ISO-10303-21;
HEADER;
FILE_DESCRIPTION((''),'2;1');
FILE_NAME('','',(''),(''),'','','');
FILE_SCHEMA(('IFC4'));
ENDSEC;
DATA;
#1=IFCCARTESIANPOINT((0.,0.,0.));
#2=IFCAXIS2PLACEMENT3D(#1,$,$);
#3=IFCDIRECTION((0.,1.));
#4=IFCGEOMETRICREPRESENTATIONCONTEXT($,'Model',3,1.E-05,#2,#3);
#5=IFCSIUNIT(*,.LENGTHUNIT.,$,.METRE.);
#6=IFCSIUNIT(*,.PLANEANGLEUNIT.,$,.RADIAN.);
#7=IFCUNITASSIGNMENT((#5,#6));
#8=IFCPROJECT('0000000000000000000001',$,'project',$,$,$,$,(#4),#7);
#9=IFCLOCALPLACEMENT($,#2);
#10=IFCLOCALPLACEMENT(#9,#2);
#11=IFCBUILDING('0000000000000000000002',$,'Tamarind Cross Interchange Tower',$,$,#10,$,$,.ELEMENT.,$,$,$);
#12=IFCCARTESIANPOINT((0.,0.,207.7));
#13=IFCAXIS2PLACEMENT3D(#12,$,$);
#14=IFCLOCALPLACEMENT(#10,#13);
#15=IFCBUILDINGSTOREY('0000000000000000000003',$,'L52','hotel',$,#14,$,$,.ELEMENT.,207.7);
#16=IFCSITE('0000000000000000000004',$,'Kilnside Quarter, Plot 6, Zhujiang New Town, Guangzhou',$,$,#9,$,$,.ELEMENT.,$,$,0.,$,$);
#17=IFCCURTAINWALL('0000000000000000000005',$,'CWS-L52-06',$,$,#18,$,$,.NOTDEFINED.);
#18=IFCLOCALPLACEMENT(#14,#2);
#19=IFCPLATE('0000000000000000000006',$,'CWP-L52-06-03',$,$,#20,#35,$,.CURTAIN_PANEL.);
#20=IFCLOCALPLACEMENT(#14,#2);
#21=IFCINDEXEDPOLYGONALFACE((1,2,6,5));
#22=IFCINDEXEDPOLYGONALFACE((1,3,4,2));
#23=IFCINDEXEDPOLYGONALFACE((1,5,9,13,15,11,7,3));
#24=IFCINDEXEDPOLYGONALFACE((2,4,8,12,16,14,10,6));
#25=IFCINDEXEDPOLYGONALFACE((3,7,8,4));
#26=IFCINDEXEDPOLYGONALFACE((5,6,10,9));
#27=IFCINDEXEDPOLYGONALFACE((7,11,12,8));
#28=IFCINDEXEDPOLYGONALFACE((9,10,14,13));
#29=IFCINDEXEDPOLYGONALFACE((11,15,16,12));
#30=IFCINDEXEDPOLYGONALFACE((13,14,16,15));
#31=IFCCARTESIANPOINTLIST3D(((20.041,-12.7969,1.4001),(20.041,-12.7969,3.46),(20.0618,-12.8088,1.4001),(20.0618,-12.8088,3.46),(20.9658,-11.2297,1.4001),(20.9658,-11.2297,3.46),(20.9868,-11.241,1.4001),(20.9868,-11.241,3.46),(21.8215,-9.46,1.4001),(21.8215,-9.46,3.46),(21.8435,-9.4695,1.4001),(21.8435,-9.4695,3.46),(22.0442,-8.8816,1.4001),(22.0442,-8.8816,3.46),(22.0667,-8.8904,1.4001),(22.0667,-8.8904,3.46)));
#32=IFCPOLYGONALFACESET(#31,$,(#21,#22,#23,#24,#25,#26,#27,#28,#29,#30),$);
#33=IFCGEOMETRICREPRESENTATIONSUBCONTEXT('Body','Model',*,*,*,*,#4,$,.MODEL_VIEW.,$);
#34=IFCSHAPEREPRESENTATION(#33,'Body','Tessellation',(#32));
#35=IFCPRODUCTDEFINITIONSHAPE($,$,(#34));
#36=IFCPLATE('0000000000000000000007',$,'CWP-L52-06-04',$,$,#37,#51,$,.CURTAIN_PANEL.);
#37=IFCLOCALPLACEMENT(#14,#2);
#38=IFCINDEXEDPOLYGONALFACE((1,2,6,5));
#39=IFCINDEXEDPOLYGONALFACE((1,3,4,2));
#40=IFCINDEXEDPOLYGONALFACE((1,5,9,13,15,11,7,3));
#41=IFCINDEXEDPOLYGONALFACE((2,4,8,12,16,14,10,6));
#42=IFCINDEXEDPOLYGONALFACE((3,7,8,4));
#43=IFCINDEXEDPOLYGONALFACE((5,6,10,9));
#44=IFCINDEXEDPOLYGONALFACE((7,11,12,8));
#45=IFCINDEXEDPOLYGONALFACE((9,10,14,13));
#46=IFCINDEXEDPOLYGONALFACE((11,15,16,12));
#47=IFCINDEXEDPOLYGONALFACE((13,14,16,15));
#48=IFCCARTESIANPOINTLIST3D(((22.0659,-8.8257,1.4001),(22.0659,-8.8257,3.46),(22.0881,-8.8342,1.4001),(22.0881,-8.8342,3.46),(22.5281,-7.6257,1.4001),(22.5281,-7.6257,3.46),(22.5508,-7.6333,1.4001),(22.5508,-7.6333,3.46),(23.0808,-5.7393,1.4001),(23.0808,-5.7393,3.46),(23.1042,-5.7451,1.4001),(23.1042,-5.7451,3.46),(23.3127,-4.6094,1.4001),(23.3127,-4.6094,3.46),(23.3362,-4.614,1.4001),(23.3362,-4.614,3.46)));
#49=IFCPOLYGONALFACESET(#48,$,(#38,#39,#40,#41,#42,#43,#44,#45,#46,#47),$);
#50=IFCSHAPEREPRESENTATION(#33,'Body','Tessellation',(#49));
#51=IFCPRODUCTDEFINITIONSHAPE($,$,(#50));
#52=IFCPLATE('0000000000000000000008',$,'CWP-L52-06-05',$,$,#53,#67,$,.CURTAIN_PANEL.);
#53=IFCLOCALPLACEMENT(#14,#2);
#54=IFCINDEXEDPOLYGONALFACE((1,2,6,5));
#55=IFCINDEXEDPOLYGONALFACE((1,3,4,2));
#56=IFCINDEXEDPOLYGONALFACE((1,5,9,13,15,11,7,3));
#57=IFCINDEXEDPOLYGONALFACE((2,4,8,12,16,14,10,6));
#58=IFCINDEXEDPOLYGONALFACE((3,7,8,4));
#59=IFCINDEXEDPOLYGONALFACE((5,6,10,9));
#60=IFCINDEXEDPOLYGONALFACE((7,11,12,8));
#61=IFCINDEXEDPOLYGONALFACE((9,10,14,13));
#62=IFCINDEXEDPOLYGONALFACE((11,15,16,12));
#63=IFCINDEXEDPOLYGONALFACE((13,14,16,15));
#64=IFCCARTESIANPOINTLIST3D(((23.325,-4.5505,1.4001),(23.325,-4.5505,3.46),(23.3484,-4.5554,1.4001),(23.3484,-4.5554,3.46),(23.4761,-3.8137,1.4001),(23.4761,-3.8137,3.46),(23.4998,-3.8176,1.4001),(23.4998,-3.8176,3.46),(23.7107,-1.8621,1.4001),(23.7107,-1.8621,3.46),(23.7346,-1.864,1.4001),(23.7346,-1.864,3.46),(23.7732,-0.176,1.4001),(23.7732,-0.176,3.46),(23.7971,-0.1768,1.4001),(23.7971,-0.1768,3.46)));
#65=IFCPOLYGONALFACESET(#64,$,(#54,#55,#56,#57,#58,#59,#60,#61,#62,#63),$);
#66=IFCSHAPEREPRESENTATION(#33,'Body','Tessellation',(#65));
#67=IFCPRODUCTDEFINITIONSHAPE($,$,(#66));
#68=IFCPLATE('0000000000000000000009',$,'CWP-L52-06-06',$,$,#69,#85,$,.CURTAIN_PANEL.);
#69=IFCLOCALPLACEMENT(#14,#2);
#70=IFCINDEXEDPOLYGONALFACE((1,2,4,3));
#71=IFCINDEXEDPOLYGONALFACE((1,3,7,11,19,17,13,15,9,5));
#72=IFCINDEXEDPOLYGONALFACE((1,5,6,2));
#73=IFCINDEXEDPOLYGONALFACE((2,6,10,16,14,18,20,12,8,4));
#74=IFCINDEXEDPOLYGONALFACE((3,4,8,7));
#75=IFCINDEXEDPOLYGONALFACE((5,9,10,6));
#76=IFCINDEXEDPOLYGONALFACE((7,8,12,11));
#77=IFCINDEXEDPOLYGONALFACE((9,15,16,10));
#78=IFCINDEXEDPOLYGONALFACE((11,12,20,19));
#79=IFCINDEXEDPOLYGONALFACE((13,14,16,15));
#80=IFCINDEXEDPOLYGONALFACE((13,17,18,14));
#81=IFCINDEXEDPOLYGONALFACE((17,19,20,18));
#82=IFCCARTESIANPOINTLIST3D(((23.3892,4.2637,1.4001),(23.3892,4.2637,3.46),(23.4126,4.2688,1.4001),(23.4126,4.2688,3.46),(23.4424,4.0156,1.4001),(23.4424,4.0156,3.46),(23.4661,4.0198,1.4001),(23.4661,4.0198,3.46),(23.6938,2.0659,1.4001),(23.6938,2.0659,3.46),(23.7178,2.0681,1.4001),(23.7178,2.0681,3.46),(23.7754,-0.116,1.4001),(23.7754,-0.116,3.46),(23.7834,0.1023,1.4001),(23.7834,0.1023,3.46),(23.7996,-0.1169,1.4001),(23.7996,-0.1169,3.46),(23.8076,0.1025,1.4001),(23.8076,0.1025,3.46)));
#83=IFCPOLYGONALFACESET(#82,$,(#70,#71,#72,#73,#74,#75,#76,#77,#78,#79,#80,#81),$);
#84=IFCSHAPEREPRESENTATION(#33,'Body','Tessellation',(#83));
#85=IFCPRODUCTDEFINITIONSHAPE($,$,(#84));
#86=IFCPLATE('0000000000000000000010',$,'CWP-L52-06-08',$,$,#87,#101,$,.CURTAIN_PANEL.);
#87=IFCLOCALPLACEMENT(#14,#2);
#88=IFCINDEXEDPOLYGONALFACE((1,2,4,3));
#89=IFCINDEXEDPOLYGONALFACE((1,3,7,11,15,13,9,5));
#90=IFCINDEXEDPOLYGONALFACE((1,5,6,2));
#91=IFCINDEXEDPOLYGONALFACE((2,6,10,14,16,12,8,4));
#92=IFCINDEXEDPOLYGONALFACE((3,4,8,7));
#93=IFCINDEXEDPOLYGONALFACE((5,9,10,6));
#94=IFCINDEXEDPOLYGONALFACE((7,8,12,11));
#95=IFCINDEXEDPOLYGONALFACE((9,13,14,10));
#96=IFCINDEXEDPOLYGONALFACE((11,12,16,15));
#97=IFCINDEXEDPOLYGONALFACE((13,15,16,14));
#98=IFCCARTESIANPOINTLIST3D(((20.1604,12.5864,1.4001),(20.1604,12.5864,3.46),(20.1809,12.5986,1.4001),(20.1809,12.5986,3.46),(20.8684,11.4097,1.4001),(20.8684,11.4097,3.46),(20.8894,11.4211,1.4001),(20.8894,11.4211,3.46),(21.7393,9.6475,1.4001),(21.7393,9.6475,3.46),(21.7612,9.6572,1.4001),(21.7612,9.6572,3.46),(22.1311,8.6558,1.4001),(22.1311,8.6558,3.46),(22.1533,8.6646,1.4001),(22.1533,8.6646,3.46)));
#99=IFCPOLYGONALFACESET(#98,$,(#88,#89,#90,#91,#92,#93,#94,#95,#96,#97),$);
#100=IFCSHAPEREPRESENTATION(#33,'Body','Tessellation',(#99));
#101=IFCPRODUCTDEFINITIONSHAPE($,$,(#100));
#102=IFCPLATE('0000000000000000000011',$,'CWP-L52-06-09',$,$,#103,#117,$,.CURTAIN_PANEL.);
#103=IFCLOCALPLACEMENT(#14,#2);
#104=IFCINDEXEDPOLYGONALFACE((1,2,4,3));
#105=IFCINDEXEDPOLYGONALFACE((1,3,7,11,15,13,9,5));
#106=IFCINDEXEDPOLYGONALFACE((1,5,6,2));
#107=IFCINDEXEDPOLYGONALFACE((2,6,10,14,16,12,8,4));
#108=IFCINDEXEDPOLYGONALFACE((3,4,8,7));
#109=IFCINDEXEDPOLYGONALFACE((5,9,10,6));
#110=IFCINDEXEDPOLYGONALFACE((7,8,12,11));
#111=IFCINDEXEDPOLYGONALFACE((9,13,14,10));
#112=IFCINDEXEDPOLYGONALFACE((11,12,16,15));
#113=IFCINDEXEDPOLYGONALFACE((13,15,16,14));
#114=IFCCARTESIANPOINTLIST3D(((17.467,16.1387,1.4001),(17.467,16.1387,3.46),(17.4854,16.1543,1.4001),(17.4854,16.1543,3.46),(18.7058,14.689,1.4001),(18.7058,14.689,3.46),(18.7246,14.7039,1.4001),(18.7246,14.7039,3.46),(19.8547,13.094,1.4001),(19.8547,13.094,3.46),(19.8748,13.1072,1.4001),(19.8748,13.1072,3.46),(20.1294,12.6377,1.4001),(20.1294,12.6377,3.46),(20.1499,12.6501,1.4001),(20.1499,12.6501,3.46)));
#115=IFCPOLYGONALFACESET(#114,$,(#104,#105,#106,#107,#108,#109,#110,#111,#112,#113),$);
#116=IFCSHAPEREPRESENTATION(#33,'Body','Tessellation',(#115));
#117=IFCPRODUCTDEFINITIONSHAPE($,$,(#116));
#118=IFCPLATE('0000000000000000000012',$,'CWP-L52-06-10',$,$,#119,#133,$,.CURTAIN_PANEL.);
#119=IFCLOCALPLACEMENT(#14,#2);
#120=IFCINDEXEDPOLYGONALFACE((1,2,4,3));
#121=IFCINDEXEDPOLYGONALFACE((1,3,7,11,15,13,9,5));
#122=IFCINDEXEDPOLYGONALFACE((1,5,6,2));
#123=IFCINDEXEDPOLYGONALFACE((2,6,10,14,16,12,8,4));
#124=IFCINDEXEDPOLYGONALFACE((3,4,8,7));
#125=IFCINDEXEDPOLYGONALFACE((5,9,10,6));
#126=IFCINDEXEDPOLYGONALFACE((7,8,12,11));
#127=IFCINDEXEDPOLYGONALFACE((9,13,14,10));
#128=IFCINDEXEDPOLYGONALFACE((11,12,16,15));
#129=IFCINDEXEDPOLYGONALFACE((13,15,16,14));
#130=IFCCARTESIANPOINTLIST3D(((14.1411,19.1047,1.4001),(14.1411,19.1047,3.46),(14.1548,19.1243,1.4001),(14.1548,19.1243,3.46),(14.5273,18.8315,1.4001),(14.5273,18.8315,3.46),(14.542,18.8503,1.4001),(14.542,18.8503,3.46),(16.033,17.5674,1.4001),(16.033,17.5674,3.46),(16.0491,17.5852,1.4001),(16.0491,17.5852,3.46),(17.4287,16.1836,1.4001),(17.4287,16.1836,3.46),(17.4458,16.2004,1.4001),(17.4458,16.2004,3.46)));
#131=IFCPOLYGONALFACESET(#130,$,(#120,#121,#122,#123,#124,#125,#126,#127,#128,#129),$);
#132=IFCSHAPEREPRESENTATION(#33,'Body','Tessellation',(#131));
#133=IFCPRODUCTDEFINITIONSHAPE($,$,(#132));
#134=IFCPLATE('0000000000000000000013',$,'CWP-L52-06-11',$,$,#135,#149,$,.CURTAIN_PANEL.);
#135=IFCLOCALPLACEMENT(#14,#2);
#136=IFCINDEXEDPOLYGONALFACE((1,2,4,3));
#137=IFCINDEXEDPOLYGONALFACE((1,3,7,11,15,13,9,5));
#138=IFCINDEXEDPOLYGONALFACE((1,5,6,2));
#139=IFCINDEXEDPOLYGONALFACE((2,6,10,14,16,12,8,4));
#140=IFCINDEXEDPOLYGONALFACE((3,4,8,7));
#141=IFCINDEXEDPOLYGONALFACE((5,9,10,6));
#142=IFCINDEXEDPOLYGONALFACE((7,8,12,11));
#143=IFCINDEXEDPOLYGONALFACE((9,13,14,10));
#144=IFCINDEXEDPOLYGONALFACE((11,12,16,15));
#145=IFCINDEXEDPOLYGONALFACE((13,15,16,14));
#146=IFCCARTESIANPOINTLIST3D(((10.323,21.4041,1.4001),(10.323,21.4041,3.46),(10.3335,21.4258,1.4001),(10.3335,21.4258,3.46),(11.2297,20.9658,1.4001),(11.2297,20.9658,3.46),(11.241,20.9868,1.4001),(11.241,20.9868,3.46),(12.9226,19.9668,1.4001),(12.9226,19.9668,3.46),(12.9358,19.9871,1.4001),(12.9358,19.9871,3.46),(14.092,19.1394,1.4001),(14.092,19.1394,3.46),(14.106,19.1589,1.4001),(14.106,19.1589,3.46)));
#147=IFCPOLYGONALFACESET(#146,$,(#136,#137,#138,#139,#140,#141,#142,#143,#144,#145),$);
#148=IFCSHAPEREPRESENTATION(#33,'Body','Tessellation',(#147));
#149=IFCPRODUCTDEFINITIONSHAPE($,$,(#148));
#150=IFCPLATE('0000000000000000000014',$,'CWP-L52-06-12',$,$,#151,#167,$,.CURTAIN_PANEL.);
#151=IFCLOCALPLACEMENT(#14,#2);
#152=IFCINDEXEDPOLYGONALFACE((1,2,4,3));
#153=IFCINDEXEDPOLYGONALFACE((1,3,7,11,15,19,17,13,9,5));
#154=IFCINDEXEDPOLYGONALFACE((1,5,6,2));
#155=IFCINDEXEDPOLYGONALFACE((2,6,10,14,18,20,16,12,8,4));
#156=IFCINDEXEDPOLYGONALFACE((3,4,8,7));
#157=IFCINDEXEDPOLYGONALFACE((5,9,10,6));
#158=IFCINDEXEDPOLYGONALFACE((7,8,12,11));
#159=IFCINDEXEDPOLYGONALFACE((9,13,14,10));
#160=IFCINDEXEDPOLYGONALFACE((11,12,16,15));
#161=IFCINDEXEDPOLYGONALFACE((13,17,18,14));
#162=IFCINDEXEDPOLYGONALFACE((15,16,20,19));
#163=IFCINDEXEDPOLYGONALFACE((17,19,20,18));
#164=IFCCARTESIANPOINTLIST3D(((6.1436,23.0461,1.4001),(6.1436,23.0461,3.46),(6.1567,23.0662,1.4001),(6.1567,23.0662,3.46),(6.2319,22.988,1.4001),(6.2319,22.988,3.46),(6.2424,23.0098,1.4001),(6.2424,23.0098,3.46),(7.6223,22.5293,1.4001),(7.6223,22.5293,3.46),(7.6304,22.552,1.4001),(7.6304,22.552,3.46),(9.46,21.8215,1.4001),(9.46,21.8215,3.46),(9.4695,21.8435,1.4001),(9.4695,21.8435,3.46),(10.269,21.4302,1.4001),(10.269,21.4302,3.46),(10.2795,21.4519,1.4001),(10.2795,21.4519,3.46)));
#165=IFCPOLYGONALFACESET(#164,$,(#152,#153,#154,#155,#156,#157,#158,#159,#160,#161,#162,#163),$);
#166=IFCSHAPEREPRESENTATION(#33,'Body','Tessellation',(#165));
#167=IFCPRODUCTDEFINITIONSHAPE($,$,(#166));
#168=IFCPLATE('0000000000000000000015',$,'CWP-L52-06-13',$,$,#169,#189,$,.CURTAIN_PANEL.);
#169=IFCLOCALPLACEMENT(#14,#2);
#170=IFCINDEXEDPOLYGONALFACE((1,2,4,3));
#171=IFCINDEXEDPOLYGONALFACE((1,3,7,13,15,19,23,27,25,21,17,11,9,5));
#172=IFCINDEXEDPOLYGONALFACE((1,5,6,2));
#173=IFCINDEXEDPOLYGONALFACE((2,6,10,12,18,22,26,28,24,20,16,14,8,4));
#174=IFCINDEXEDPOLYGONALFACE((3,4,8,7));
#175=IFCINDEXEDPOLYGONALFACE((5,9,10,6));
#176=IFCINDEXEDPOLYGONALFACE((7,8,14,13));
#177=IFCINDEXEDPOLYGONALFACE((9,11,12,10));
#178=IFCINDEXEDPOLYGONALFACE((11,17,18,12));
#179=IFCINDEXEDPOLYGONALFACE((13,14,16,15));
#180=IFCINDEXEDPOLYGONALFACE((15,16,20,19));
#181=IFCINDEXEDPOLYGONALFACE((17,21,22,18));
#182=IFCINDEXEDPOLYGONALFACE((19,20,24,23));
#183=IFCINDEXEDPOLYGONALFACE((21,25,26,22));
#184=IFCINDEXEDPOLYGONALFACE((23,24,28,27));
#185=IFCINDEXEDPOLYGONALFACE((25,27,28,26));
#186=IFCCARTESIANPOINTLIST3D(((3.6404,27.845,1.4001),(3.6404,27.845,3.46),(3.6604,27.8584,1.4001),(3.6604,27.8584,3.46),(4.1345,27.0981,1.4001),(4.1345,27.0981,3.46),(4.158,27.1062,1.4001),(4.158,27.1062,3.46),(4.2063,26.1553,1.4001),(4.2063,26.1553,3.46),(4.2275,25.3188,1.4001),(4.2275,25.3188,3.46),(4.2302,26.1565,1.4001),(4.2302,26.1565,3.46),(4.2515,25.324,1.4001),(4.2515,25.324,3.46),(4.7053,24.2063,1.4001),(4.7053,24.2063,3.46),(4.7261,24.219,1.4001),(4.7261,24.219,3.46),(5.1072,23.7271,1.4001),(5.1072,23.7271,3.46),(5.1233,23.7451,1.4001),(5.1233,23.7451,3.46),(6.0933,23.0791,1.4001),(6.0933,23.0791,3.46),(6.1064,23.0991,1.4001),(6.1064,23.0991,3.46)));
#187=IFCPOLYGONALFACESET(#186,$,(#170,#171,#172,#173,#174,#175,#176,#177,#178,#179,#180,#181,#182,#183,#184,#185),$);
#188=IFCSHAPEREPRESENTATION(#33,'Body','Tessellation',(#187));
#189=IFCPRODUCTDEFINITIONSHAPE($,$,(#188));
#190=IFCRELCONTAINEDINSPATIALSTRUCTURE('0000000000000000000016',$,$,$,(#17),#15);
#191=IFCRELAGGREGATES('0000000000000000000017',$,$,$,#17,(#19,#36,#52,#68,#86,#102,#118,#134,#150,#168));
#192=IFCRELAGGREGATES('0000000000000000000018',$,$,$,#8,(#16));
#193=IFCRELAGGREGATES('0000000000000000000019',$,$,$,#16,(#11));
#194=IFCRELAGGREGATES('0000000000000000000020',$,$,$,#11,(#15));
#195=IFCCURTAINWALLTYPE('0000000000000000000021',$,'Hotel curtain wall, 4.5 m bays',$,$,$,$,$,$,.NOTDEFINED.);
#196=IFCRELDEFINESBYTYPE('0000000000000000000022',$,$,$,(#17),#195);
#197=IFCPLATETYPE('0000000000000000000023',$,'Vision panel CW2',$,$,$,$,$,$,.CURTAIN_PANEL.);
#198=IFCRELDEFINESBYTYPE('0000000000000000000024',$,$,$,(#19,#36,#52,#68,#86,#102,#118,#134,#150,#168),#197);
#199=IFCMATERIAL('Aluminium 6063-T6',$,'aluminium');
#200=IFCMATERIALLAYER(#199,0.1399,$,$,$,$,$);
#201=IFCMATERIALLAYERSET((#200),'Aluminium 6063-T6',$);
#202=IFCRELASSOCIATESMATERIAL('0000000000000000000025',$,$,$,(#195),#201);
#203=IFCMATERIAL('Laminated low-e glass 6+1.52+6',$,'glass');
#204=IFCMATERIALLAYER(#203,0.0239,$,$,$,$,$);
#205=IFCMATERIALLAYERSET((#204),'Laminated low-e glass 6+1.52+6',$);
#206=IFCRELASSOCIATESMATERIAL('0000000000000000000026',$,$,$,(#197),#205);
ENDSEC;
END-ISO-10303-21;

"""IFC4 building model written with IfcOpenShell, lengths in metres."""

from ifc_helpers import new_model, si_unit, direction, frame, origin, place, context, subcontext, project, spatial, polyline, outline, extrude, material, layer, layer_set, type_object, element, aggregate, save


model = new_model("IFC4")

# Units and contexts
model_context = context("Model", 3, precision=1e-05, world=origin(), true_north=direction((0.0, 1.0)))
body_context = subcontext(model_context, "Body", "Model", "MODEL_VIEW")
ifc_project = project(units=[si_unit("LENGTHUNIT", "METRE"), si_unit("PLANEANGLEUNIT", "RADIAN")], contexts=[model_context])

# Site, building, storey
site_placement = place(None, origin())
site = spatial("IfcSite", under=ifc_project, at=site_placement, Name="Kilnside Quarter, Plot 6, Zhujiang New Town, Guangzhou", CompositionType="ELEMENT", RefElevation=0.0)
building_placement = place(site_placement, origin())
building = spatial("IfcBuilding", under=site, at=building_placement, Name="Tamarind Cross Interchange Tower", CompositionType="ELEMENT")
storey_placement = place(building_placement, frame((0.0, 0.0, 207.7)))
storey = spatial("IfcBuildingStorey", under=building, at=storey_placement, Name="L52", Description="hotel", CompositionType="ELEMENT", Elevation=207.7)

# Curtain wall, plates
ifc_material_1 = material(Name="Aluminium 6063-T6", Category="aluminium")
ifc_layer_1 = layer(ifc_material_1, 0.1399)
ifc_layer_set_1 = layer_set([ifc_layer_1], Name="Aluminium 6063-T6")
curtain_wall_type = type_object("IfcCurtainWallType", Name="Hotel curtain wall, 4.5 m bays", PredefinedType="NOTDEFINED", material=ifc_layer_set_1)
curtain_wall_1_placement = place(storey_placement, origin())
curtain_wall_1 = element("IfcCurtainWall", 1, at=curtain_wall_1_placement, inside=storey, type_object=curtain_wall_type, Name="CWS-L52-06", PredefinedType="NOTDEFINED")
ifc_material_2 = material(Name="Laminated low-e glass 6+1.52+6", Category="glass")
ifc_layer_2 = layer(ifc_material_2, 0.0239)
ifc_layer_set_2 = layer_set([ifc_layer_2], Name="Laminated low-e glass 6+1.52+6")
plate_type = type_object("IfcPlateType", Name="Vision panel CW2", PredefinedType="CURTAIN_PANEL", material=ifc_layer_set_2)
plate_1_placement = place(storey_placement, frame((0.0, 0.0, 1.4001)))
plate_1 = element("IfcPlate", 2, at=plate_1_placement, type_object=plate_type, Name="CWP-L52-06-03", PredefinedType="CURTAIN_PANEL", context=body_context, shape_type="SweptSolid", body=[
    extrude(outline(polyline([(20.041, -12.7969), (20.9658, -11.2297), (21.8215, -9.46), (22.0442, -8.8816), (22.0667, -8.8904), (21.8435, -9.4695), (20.9868, -11.241), (20.0618, -12.8088), (20.041, -12.7969)])), origin(), (0.0, 0.0, 1.0), 2.0598),
])
plate_2_placement = place(storey_placement, frame((0.0, 0.0, 1.4001)))
plate_2 = element("IfcPlate", 3, at=plate_2_placement, type_object=plate_type, Name="CWP-L52-06-04", PredefinedType="CURTAIN_PANEL", context=body_context, shape_type="SweptSolid", body=[
    extrude(outline(polyline([(22.0659, -8.8257), (22.5281, -7.6257), (23.0808, -5.7393), (23.3127, -4.6094), (23.3362, -4.614), (23.1042, -5.7451), (22.5508, -7.6333), (22.0881, -8.8342), (22.0659, -8.8257)])), origin(), (0.0, 0.0, 1.0), 2.0598),
])
plate_3_placement = place(storey_placement, frame((0.0, 0.0, 1.4001)))
plate_3 = element("IfcPlate", 4, at=plate_3_placement, type_object=plate_type, Name="CWP-L52-06-05", PredefinedType="CURTAIN_PANEL", context=body_context, shape_type="SweptSolid", body=[
    extrude(outline(polyline([(23.325, -4.5505), (23.4761, -3.8137), (23.7107, -1.8621), (23.7732, -0.176), (23.7971, -0.1768), (23.7346, -1.864), (23.4998, -3.8176), (23.3484, -4.5554), (23.325, -4.5505)])), origin(), (0.0, 0.0, 1.0), 2.0598),
])
plate_4_placement = place(storey_placement, frame((0.0, 0.0, 1.4001)))
plate_4 = element("IfcPlate", 5, at=plate_4_placement, type_object=plate_type, Name="CWP-L52-06-06", PredefinedType="CURTAIN_PANEL", context=body_context, shape_type="SweptSolid", body=[
    extrude(outline(polyline([(23.7754, -0.116), (23.7834, 0.1023), (23.6938, 2.0659), (23.4424, 4.0156), (23.3892, 4.2637), (23.4126, 4.2688), (23.4661, 4.0198), (23.7178, 2.0681), (23.8076, 0.1025), (23.7996, -0.1169), (23.7754, -0.116)])), origin(), (0.0, 0.0, 1.0), 2.0598),
])
plate_5_placement = place(storey_placement, frame((0.0, 0.0, 1.4001)))
plate_5 = element("IfcPlate", 6, at=plate_5_placement, type_object=plate_type, Name="CWP-L52-06-08", PredefinedType="CURTAIN_PANEL", context=body_context, shape_type="SweptSolid", body=[
    extrude(outline(polyline([(22.1311, 8.6558), (21.7393, 9.6475), (20.8684, 11.4097), (20.1604, 12.5864), (20.1809, 12.5986), (20.8894, 11.4211), (21.7612, 9.6572), (22.1533, 8.6646), (22.1311, 8.6558)])), origin(), (0.0, 0.0, 1.0), 2.0598),
])
plate_6_placement = place(storey_placement, frame((0.0, 0.0, 1.4001)))
plate_6 = element("IfcPlate", 7, at=plate_6_placement, type_object=plate_type, Name="CWP-L52-06-09", PredefinedType="CURTAIN_PANEL", context=body_context, shape_type="SweptSolid", body=[
    extrude(outline(polyline([(20.1294, 12.6377), (19.8547, 13.094), (18.7058, 14.689), (17.467, 16.1387), (17.4854, 16.1543), (18.7246, 14.7039), (19.8748, 13.1072), (20.1499, 12.6501), (20.1294, 12.6377)])), origin(), (0.0, 0.0, 1.0), 2.0598),
])
plate_7_placement = place(storey_placement, frame((0.0, 0.0, 1.4001)))
plate_7 = element("IfcPlate", 8, at=plate_7_placement, type_object=plate_type, Name="CWP-L52-06-10", PredefinedType="CURTAIN_PANEL", context=body_context, shape_type="SweptSolid", body=[
    extrude(outline(polyline([(17.4287, 16.1836), (16.033, 17.5674), (14.5273, 18.8315), (14.1411, 19.1047), (14.1548, 19.1243), (14.542, 18.8503), (16.0491, 17.5852), (17.4458, 16.2004), (17.4287, 16.1836)])), origin(), (0.0, 0.0, 1.0), 2.0598),
])
plate_8_placement = place(storey_placement, frame((0.0, 0.0, 1.4001)))
plate_8 = element("IfcPlate", 9, at=plate_8_placement, type_object=plate_type, Name="CWP-L52-06-11", PredefinedType="CURTAIN_PANEL", context=body_context, shape_type="SweptSolid", body=[
    extrude(outline(polyline([(14.092, 19.1394), (12.9226, 19.9668), (11.2297, 20.9658), (10.323, 21.4041), (10.3335, 21.4258), (11.241, 20.9868), (12.9358, 19.9871), (14.106, 19.1589), (14.092, 19.1394)])), origin(), (0.0, 0.0, 1.0), 2.0598),
])
plate_9_placement = place(storey_placement, frame((0.0, 0.0, 1.4001)))
plate_9 = element("IfcPlate", 10, at=plate_9_placement, type_object=plate_type, Name="CWP-L52-06-12", PredefinedType="CURTAIN_PANEL", context=body_context, shape_type="SweptSolid", body=[
    extrude(outline(polyline([(10.269, 21.4302), (9.46, 21.8215), (7.6223, 22.5293), (6.2319, 22.988), (6.1436, 23.0461), (6.1567, 23.0662), (6.2424, 23.0098), (7.6304, 22.552), (9.4695, 21.8435), (10.2795, 21.4519), (10.269, 21.4302)])), origin(), (0.0, 0.0, 1.0), 2.0598),
])
plate_10_placement = place(storey_placement, frame((0.0, 0.0, 1.4001)))
plate_10 = element("IfcPlate", 11, at=plate_10_placement, type_object=plate_type, Name="CWP-L52-06-13", PredefinedType="CURTAIN_PANEL", context=body_context, shape_type="SweptSolid", body=[
    extrude(outline(polyline([(6.0933, 23.0791), (5.1072, 23.7271), (4.7053, 24.2063), (4.2275, 25.3188), (4.2063, 26.1553), (4.1345, 27.0981), (3.6404, 27.845), (3.6604, 27.8584), (4.158, 27.1062), (4.2302, 26.1565), (4.2515, 25.324), (4.7261, 24.219), (5.1233, 23.7451), (6.1064, 23.0991), (6.0933, 23.0791)])), origin(), (0.0, 0.0, 1.0), 2.0598),
])
aggregate(curtain_wall_1, [plate_1, plate_2, plate_3, plate_4, plate_5, plate_6, plate_7, plate_8, plate_9, plate_10])

save(model, "model.ifc")
